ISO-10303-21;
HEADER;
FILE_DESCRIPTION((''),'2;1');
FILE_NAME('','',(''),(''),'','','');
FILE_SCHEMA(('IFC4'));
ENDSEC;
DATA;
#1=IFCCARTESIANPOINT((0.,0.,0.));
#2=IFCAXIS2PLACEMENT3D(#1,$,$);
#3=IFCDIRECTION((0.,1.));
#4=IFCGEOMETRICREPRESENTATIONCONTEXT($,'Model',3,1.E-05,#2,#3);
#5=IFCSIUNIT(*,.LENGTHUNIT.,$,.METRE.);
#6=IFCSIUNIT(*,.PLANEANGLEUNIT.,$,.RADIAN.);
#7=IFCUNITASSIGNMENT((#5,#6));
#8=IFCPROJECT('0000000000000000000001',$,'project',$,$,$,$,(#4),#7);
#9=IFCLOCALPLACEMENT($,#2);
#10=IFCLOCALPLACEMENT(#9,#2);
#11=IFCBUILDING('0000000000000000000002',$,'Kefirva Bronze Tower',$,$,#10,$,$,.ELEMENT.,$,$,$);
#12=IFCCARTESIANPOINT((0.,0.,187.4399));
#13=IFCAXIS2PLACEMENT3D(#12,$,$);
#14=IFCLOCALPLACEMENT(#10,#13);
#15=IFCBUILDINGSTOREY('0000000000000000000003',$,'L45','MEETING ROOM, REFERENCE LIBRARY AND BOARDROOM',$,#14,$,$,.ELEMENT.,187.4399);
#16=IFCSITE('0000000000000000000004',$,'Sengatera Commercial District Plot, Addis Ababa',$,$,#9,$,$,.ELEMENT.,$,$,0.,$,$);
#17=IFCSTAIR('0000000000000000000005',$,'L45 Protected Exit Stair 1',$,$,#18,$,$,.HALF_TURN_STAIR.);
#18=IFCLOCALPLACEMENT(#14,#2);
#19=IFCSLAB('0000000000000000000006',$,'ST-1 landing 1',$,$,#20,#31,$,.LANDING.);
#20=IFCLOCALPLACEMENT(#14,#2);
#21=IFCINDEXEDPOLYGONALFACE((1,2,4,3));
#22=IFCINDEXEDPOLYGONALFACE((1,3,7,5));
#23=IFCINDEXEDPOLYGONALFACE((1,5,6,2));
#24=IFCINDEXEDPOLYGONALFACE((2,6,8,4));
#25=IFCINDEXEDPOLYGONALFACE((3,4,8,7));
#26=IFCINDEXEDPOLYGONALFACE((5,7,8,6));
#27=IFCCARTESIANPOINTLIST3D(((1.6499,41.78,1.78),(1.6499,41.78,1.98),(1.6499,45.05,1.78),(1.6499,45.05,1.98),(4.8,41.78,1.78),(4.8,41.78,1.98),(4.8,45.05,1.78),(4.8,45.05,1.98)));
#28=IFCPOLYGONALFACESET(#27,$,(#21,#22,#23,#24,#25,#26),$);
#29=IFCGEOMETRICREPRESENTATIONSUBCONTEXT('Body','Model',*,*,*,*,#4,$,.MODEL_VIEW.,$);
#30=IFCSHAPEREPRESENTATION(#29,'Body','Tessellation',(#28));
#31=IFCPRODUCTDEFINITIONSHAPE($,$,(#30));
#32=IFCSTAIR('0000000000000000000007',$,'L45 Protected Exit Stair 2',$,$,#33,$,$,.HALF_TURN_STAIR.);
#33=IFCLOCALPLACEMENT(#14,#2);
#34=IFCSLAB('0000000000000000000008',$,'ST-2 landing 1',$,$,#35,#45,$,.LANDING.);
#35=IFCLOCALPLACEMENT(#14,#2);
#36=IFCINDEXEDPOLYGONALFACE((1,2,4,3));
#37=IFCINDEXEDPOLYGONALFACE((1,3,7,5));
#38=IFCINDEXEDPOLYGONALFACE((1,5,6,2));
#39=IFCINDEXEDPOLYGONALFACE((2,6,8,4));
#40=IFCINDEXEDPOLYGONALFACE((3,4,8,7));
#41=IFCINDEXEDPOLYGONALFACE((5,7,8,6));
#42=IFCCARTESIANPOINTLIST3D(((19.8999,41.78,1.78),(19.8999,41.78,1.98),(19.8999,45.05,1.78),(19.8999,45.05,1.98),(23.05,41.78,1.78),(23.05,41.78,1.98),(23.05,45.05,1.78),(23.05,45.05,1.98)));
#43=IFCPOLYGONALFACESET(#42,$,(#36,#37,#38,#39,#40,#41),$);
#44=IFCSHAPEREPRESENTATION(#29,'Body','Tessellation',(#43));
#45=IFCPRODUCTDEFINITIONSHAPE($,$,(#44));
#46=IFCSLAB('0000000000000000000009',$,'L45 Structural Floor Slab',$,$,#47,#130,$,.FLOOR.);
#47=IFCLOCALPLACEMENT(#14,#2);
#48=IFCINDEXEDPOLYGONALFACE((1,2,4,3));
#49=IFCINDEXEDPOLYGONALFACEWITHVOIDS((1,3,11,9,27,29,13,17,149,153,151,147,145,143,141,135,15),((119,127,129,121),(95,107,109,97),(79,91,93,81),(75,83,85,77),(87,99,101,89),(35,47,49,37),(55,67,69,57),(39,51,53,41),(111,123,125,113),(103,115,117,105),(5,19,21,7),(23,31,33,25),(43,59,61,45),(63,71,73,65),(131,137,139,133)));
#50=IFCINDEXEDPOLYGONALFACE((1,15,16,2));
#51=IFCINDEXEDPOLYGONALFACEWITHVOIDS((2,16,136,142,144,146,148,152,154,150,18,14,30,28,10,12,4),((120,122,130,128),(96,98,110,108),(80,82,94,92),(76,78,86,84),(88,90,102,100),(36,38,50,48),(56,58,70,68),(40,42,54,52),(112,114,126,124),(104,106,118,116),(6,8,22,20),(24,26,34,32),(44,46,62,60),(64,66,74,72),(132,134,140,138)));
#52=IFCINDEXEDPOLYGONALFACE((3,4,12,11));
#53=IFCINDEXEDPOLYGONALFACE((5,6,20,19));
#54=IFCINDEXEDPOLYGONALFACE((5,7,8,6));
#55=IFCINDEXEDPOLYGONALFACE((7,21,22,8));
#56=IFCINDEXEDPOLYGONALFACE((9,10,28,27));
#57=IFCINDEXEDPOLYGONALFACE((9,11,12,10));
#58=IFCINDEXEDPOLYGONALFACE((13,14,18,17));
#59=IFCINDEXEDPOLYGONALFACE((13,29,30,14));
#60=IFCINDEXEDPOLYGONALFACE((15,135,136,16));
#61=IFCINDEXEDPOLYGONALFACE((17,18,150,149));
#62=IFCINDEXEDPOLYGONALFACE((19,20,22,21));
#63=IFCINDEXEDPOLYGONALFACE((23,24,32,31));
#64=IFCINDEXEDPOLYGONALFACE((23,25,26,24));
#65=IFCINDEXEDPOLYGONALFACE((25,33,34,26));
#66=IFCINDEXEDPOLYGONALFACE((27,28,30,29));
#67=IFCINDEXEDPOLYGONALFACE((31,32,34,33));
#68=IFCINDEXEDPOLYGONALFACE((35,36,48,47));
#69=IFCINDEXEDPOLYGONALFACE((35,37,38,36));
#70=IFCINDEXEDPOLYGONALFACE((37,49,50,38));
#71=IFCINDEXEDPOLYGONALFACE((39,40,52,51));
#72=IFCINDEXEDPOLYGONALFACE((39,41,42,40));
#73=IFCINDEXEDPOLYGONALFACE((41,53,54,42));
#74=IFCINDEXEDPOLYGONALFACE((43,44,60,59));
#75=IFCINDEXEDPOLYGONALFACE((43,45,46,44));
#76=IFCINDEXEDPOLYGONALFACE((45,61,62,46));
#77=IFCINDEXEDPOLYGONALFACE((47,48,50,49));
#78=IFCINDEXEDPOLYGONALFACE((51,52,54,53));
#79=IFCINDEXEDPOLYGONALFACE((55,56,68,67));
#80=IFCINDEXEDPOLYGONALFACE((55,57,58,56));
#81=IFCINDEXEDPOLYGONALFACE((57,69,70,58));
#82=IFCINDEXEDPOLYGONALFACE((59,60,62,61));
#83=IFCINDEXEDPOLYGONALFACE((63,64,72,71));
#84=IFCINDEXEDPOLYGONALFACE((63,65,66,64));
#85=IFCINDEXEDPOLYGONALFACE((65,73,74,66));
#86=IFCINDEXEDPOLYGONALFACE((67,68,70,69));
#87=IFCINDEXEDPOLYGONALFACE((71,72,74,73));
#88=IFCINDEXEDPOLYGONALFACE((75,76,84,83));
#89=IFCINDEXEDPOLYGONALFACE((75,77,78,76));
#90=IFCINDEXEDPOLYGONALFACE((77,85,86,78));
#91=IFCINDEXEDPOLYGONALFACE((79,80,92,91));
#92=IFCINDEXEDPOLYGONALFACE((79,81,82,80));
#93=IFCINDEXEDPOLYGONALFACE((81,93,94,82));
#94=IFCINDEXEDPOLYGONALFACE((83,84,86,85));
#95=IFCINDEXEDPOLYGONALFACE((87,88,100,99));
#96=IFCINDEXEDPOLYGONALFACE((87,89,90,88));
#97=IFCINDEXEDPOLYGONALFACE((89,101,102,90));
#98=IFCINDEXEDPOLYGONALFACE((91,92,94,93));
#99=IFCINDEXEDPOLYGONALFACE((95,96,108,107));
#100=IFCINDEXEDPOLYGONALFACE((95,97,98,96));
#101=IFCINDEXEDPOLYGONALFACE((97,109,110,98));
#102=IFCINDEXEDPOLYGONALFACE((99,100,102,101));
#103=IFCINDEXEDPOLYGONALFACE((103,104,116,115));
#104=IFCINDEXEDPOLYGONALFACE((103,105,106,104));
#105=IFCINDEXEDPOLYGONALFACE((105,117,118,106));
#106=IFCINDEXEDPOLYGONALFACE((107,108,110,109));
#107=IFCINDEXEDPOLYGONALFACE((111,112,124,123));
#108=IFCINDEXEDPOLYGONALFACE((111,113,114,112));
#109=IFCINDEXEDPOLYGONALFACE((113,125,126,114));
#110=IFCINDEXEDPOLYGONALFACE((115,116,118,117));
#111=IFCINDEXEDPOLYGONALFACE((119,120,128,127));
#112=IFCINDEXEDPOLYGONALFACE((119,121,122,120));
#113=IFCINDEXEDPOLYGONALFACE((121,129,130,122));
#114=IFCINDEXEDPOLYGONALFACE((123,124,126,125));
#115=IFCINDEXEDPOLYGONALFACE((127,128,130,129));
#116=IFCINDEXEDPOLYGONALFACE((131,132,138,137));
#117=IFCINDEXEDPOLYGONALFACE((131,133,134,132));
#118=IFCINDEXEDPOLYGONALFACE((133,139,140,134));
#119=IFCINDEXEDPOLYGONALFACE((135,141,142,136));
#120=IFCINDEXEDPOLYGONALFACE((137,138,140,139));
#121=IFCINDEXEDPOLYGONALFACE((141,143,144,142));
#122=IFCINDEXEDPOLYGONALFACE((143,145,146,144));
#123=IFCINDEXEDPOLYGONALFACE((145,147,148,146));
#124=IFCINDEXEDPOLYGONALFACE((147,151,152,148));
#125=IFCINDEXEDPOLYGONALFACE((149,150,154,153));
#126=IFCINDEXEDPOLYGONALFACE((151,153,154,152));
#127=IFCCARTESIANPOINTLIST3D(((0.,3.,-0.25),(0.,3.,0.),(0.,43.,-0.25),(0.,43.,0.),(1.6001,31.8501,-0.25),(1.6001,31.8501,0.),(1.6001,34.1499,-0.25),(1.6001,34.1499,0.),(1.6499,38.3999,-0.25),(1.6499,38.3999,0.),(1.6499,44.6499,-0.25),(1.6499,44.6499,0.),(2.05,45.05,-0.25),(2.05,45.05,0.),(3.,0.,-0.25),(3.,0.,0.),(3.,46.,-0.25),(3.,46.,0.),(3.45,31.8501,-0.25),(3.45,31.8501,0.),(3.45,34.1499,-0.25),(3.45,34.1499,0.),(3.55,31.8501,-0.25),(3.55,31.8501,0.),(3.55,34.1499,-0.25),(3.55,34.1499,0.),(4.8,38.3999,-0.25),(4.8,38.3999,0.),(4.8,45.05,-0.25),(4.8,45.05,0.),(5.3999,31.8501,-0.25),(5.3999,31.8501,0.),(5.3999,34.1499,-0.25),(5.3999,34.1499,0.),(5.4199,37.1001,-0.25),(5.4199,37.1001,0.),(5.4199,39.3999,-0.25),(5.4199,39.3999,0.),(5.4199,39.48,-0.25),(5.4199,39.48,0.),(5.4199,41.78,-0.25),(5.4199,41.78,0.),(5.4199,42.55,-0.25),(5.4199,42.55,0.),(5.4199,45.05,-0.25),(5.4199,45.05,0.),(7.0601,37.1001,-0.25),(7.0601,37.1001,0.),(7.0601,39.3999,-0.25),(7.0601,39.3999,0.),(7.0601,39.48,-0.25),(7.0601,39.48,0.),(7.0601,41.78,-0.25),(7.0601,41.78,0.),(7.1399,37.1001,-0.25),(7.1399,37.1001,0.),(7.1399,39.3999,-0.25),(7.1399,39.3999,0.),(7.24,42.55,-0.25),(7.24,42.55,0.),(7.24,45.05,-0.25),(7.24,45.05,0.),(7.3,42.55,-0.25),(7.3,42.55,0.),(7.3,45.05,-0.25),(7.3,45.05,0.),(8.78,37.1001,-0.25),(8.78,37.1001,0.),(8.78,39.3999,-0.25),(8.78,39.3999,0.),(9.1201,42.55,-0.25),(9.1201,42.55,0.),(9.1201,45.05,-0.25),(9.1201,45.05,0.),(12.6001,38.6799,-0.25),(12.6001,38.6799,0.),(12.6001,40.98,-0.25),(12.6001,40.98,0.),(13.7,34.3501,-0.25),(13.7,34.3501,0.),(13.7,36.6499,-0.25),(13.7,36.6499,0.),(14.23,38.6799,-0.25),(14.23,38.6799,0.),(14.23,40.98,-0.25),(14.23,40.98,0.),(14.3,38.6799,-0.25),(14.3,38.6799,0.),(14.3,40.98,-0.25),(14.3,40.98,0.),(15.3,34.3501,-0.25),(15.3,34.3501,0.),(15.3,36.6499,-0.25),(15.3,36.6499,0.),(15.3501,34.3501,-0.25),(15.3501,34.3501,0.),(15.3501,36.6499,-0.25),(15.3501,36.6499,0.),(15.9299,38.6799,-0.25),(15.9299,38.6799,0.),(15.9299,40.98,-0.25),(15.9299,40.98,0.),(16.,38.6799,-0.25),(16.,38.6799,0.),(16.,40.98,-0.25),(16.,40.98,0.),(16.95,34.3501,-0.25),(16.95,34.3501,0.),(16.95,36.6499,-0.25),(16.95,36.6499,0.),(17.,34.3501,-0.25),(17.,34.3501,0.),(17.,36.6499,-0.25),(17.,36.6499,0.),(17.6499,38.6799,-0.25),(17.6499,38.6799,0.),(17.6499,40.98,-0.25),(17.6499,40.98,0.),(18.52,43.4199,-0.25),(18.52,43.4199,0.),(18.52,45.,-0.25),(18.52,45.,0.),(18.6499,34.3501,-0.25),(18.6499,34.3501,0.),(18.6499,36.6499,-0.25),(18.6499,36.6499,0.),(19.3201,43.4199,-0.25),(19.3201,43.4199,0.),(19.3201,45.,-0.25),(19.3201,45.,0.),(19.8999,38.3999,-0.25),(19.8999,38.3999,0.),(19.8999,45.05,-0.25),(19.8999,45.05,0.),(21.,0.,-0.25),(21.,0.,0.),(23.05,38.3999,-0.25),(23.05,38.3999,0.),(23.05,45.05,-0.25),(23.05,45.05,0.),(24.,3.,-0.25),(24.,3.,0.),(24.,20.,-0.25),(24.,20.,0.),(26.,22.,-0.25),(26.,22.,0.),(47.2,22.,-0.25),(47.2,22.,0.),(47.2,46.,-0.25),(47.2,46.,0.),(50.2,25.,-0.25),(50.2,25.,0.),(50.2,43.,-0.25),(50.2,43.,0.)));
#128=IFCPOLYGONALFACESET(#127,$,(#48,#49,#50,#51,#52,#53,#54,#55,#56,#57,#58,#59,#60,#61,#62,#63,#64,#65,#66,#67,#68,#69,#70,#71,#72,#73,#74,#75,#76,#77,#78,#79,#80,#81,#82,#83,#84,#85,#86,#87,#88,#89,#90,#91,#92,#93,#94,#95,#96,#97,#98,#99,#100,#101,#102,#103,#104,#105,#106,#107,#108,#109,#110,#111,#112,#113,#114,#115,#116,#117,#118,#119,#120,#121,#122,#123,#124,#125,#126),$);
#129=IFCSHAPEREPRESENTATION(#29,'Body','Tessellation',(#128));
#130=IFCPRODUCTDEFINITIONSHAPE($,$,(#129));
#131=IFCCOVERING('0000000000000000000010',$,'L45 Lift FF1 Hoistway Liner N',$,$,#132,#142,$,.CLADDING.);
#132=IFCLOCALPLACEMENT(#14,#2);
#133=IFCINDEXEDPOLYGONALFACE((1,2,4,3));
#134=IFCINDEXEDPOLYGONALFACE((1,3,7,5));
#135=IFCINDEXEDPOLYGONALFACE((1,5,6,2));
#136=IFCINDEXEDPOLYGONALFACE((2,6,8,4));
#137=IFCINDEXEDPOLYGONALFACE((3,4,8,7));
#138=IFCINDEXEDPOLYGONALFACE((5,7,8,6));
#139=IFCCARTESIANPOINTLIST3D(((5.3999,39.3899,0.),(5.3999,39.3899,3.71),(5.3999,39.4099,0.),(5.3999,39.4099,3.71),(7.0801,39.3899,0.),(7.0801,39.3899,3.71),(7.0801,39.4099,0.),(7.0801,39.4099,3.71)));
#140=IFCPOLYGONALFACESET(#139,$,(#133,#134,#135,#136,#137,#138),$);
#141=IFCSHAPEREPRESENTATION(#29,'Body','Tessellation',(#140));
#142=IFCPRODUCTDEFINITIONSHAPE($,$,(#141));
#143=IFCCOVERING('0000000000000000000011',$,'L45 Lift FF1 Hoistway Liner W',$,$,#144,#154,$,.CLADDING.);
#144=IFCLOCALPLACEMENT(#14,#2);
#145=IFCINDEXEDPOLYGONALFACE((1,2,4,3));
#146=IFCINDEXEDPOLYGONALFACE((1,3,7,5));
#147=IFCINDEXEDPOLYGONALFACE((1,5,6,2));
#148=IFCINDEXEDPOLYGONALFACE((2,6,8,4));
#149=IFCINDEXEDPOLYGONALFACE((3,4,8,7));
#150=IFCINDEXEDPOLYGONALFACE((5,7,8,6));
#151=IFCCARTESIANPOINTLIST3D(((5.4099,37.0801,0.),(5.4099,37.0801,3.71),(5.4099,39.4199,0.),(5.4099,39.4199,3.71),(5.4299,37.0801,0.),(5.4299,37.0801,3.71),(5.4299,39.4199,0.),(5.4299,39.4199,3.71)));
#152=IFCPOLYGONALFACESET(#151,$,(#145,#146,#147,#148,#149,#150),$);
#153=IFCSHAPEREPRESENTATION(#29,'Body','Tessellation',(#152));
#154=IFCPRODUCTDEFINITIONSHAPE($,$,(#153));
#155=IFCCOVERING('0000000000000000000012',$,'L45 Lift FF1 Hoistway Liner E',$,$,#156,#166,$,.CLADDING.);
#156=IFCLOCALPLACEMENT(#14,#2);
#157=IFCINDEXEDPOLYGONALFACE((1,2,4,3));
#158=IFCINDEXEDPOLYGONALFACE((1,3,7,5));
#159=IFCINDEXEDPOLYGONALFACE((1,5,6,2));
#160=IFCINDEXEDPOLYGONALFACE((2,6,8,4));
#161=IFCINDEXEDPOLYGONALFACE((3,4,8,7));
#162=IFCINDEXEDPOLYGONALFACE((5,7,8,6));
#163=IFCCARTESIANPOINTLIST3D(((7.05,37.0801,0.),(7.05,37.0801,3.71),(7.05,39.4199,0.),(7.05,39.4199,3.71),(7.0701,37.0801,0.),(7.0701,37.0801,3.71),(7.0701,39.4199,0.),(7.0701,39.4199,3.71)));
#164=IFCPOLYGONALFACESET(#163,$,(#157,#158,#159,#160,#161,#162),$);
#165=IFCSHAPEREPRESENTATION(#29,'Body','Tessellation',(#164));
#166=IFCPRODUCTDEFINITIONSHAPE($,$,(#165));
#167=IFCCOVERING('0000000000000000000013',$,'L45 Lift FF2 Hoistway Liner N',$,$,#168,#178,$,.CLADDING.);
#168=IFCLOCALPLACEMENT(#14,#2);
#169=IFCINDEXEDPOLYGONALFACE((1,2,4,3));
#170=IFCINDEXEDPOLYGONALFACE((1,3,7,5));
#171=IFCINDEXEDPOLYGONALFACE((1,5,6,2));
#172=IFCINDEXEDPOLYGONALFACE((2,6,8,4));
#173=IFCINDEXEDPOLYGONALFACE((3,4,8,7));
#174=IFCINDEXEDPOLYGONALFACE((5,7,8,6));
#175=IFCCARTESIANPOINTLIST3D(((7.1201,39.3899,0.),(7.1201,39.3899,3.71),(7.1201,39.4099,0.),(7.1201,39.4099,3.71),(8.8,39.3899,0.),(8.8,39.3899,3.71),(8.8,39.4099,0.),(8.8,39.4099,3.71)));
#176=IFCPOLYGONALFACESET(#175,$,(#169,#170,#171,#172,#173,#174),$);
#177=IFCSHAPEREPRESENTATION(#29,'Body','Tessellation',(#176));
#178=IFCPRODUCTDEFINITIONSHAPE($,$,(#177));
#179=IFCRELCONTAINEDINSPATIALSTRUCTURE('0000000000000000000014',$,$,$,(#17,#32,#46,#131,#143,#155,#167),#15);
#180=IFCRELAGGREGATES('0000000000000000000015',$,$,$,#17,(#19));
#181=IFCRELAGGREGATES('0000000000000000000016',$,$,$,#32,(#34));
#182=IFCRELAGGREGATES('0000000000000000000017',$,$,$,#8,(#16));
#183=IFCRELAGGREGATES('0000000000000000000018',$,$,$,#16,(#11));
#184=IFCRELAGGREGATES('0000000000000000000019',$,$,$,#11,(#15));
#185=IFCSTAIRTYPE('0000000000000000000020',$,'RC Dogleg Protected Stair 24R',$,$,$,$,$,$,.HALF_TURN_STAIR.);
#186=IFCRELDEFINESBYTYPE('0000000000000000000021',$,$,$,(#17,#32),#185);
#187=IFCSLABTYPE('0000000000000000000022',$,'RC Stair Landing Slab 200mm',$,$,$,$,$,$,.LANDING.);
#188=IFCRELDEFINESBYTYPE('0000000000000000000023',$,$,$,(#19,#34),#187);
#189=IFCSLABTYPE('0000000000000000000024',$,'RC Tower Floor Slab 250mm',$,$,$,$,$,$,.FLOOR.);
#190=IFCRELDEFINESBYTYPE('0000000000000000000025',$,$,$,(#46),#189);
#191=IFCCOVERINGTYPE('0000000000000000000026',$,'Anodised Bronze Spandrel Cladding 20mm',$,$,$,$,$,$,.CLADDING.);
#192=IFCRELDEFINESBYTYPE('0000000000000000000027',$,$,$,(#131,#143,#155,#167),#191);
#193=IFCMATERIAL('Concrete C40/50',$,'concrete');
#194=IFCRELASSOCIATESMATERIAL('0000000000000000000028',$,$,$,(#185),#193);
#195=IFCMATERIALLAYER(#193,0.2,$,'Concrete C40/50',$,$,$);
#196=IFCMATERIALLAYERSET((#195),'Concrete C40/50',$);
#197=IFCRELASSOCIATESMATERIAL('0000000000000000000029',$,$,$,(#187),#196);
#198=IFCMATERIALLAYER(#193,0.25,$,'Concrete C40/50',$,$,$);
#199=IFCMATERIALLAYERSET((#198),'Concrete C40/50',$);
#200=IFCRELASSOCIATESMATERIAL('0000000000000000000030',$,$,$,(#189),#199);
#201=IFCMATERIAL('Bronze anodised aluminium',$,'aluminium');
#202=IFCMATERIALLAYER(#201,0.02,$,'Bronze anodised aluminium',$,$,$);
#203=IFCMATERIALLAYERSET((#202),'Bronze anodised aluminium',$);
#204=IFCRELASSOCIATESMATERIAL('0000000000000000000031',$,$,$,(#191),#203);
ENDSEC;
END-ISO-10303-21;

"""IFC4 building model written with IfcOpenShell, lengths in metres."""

from ifc_helpers import new_model, si_unit, direction, frame, origin, place, context, subcontext, project, spatial, polyline, outline, extrude, material, layer, layer_set, type_object, element, aggregate, save


model = new_model("IFC4")

# Units and contexts
model_context = context("Model", 3, precision=1e-05, world=origin(), true_north=direction((0.0, 1.0)))
body_context = subcontext(model_context, "Body", "Model", "MODEL_VIEW")
ifc_project = project(units=[si_unit("LENGTHUNIT", "METRE"), si_unit("PLANEANGLEUNIT", "RADIAN")], contexts=[model_context])

# Site, building, storey
site_placement = place(None, origin())
site = spatial("IfcSite", under=ifc_project, at=site_placement, Name="Sengatera Commercial District Plot, Addis Ababa", CompositionType="ELEMENT", RefElevation=0.0)
building_placement = place(site_placement, origin())
building = spatial("IfcBuilding", under=site, at=building_placement, Name="Kefirva Bronze Tower", CompositionType="ELEMENT")
storey_placement = place(building_placement, frame((0.0, 0.0, 187.4399)))
storey = spatial("IfcBuildingStorey", under=building, at=storey_placement, Name="L45", Description="MEETING ROOM, REFERENCE LIBRARY AND BOARDROOM", CompositionType="ELEMENT", Elevation=187.4399)

# Stairs, slabs
ifc_material_1 = material(Name="Concrete C40/50", Category="concrete")
stair_type = type_object("IfcStairType", Name="RC Dogleg Protected Stair 24R", PredefinedType="HALF_TURN_STAIR", material=ifc_material_1)
stair_1_placement = place(storey_placement, origin())
stair_1 = element("IfcStair", 1, at=stair_1_placement, inside=storey, type_object=stair_type, Name="L45 Protected Exit Stair 1", PredefinedType="HALF_TURN_STAIR")
ifc_layer_1 = layer(ifc_material_1, 0.2, Name="Concrete C40/50")
ifc_layer_set_1 = layer_set([ifc_layer_1], Name="Concrete C40/50")
slab_type_1 = type_object("IfcSlabType", Name="RC Stair Landing Slab 200mm", PredefinedType="LANDING", material=ifc_layer_set_1)
slab_1_placement = place(storey_placement, frame((0.0, 0.0, 1.78)))
slab_1 = element("IfcSlab", 2, at=slab_1_placement, type_object=slab_type_1, Name="ST-1 landing 1", PredefinedType="LANDING", context=body_context, shape_type="SweptSolid", body=[
    extrude(outline(polyline([(4.8, 41.78), (4.8, 45.05), (1.6499, 45.05), (1.6499, 41.78), (4.8, 41.78)])), origin(), (0.0, 0.0, 1.0), 0.2),
])
aggregate(stair_1, [slab_1])
stair_2_placement = place(storey_placement, origin())
stair_2 = element("IfcStair", 3, at=stair_2_placement, inside=storey, type_object=stair_type, Name="L45 Protected Exit Stair 2", PredefinedType="HALF_TURN_STAIR")
slab_2_placement = place(storey_placement, frame((0.0, 0.0, 1.78)))
slab_2 = element("IfcSlab", 4, at=slab_2_placement, type_object=slab_type_1, Name="ST-2 landing 1", PredefinedType="LANDING", context=body_context, shape_type="SweptSolid", body=[
    extrude(outline(polyline([(23.05, 41.78), (23.05, 45.05), (19.8999, 45.05), (19.8999, 41.78), (23.05, 41.78)])), origin(), (0.0, 0.0, 1.0), 0.2),
])
aggregate(stair_2, [slab_2])

# Slab
ifc_layer_2 = layer(ifc_material_1, 0.25, Name="Concrete C40/50")
ifc_layer_set_2 = layer_set([ifc_layer_2], Name="Concrete C40/50")
slab_type_2 = type_object("IfcSlabType", Name="RC Tower Floor Slab 250mm", PredefinedType="FLOOR", material=ifc_layer_set_2)
slab_3_placement = place(storey_placement, frame((0.0, 0.0, -0.25)))
element("IfcSlab", 5, at=slab_3_placement, inside=storey, type_object=slab_type_2, Name="L45 Structural Floor Slab", PredefinedType="FLOOR", context=body_context, shape_type="SweptSolid", body=[
    extrude(outline(polyline([(0.0, 3.0), (0.0, 43.0), (1.6499, 44.6499), (1.6499, 38.3999), (4.8, 38.3999), (4.8, 45.05), (2.05, 45.05), (3.0, 46.0), (47.2, 46.0), (50.2, 43.0), (50.2, 25.0), (47.2, 22.0), (26.0, 22.0), (24.0, 20.0), (24.0, 3.0), (21.0, 0.0), (3.0, 0.0), (0.0, 3.0)]), holes=[polyline([(23.05, 38.3999), (23.05, 45.05), (19.8999, 45.05), (19.8999, 38.3999), (23.05, 38.3999)]), polyline([(19.3201, 43.4199), (19.3201, 45.0), (18.52, 45.0), (18.52, 43.4199), (19.3201, 43.4199)]), polyline([(18.6499, 34.3501), (18.6499, 36.6499), (17.0, 36.6499), (17.0, 34.3501), (18.6499, 34.3501)]), polyline([(17.6499, 38.6799), (17.6499, 40.98), (16.0, 40.98), (16.0, 38.6799), (17.6499, 38.6799)]), polyline([(16.95, 34.3501), (16.95, 36.6499), (15.3501, 36.6499), (15.3501, 34.3501), (16.95, 34.3501)]), polyline([(15.9299, 38.6799), (15.9299, 40.98), (14.3, 40.98), (14.3, 38.6799), (15.9299, 38.6799)]), polyline([(15.3, 34.3501), (15.3, 36.6499), (13.7, 36.6499), (13.7, 34.3501), (15.3, 34.3501)]), polyline([(14.23, 38.6799), (14.23, 40.98), (12.6001, 40.98), (12.6001, 38.6799), (14.23, 38.6799)]), polyline([(9.1201, 42.55), (9.1201, 45.05), (7.3, 45.05), (7.3, 42.55), (9.1201, 42.55)]), polyline([(8.78, 37.1001), (8.78, 39.3999), (7.1399, 39.3999), (7.1399, 37.1001), (8.78, 37.1001)]), polyline([(7.24, 42.55), (7.24, 45.05), (5.4199, 45.05), (5.4199, 42.55), (7.24, 42.55)]), polyline([(7.0601, 37.1001), (7.0601, 39.3999), (5.4199, 39.3999), (5.4199, 37.1001), (7.0601, 37.1001)]), polyline([(7.0601, 39.48), (7.0601, 41.78), (5.4199, 41.78), (5.4199, 39.48), (7.0601, 39.48)]), polyline([(5.3999, 31.8501), (5.3999, 34.1499), (3.55, 34.1499), (3.55, 31.8501), (5.3999, 31.8501)]), polyline([(3.45, 31.8501), (3.45, 34.1499), (1.6001, 34.1499), (1.6001, 31.8501), (3.45, 31.8501)])]), origin(), (0.0, 0.0, 1.0), 0.25),
])

# Coverings
ifc_material_2 = material(Name="Bronze anodised aluminium", Category="aluminium")
ifc_layer_3 = layer(ifc_material_2, 0.02, Name="Bronze anodised aluminium")
ifc_layer_set_3 = layer_set([ifc_layer_3], Name="Bronze anodised aluminium")
covering_type = type_object("IfcCoveringType", Name="Anodised Bronze Spandrel Cladding 20mm", PredefinedType="CLADDING", material=ifc_layer_set_3)
covering_1_placement = place(storey_placement, origin())
element("IfcCovering", 6, at=covering_1_placement, inside=storey, type_object=covering_type, Name="L45 Lift FF1 Hoistway Liner N", PredefinedType="CLADDING", context=body_context, shape_type="SweptSolid", body=[
    extrude(outline(polyline([(5.3999, 39.3899), (7.0801, 39.3899), (7.0801, 39.4099), (5.3999, 39.4099), (5.3999, 39.3899)])), origin(), (0.0, 0.0, 1.0), 3.71),
])
covering_2_placement = place(storey_placement, origin())
element("IfcCovering", 7, at=covering_2_placement, inside=storey, type_object=covering_type, Name="L45 Lift FF1 Hoistway Liner W", PredefinedType="CLADDING", context=body_context, shape_type="SweptSolid", body=[
    extrude(outline(polyline([(5.4099, 37.0801), (5.4299, 37.0801), (5.4299, 39.4199), (5.4099, 39.4199), (5.4099, 37.0801)])), origin(), (0.0, 0.0, 1.0), 3.71),
])
covering_3_placement = place(storey_placement, origin())
element("IfcCovering", 8, at=covering_3_placement, inside=storey, type_object=covering_type, Name="L45 Lift FF1 Hoistway Liner E", PredefinedType="CLADDING", context=body_context, shape_type="SweptSolid", body=[
    extrude(outline(polyline([(7.05, 37.0801), (7.0701, 37.0801), (7.0701, 39.4199), (7.05, 39.4199), (7.05, 37.0801)])), origin(), (0.0, 0.0, 1.0), 3.71),
])
covering_4_placement = place(storey_placement, origin())
element("IfcCovering", 9, at=covering_4_placement, inside=storey, type_object=covering_type, Name="L45 Lift FF2 Hoistway Liner N", PredefinedType="CLADDING", context=body_context, shape_type="SweptSolid", body=[
    extrude(outline(polyline([(7.1201, 39.3899), (8.8, 39.3899), (8.8, 39.4099), (7.1201, 39.4099), (7.1201, 39.3899)])), origin(), (0.0, 0.0, 1.0), 3.71),
])

save(model, "model.ifc")
